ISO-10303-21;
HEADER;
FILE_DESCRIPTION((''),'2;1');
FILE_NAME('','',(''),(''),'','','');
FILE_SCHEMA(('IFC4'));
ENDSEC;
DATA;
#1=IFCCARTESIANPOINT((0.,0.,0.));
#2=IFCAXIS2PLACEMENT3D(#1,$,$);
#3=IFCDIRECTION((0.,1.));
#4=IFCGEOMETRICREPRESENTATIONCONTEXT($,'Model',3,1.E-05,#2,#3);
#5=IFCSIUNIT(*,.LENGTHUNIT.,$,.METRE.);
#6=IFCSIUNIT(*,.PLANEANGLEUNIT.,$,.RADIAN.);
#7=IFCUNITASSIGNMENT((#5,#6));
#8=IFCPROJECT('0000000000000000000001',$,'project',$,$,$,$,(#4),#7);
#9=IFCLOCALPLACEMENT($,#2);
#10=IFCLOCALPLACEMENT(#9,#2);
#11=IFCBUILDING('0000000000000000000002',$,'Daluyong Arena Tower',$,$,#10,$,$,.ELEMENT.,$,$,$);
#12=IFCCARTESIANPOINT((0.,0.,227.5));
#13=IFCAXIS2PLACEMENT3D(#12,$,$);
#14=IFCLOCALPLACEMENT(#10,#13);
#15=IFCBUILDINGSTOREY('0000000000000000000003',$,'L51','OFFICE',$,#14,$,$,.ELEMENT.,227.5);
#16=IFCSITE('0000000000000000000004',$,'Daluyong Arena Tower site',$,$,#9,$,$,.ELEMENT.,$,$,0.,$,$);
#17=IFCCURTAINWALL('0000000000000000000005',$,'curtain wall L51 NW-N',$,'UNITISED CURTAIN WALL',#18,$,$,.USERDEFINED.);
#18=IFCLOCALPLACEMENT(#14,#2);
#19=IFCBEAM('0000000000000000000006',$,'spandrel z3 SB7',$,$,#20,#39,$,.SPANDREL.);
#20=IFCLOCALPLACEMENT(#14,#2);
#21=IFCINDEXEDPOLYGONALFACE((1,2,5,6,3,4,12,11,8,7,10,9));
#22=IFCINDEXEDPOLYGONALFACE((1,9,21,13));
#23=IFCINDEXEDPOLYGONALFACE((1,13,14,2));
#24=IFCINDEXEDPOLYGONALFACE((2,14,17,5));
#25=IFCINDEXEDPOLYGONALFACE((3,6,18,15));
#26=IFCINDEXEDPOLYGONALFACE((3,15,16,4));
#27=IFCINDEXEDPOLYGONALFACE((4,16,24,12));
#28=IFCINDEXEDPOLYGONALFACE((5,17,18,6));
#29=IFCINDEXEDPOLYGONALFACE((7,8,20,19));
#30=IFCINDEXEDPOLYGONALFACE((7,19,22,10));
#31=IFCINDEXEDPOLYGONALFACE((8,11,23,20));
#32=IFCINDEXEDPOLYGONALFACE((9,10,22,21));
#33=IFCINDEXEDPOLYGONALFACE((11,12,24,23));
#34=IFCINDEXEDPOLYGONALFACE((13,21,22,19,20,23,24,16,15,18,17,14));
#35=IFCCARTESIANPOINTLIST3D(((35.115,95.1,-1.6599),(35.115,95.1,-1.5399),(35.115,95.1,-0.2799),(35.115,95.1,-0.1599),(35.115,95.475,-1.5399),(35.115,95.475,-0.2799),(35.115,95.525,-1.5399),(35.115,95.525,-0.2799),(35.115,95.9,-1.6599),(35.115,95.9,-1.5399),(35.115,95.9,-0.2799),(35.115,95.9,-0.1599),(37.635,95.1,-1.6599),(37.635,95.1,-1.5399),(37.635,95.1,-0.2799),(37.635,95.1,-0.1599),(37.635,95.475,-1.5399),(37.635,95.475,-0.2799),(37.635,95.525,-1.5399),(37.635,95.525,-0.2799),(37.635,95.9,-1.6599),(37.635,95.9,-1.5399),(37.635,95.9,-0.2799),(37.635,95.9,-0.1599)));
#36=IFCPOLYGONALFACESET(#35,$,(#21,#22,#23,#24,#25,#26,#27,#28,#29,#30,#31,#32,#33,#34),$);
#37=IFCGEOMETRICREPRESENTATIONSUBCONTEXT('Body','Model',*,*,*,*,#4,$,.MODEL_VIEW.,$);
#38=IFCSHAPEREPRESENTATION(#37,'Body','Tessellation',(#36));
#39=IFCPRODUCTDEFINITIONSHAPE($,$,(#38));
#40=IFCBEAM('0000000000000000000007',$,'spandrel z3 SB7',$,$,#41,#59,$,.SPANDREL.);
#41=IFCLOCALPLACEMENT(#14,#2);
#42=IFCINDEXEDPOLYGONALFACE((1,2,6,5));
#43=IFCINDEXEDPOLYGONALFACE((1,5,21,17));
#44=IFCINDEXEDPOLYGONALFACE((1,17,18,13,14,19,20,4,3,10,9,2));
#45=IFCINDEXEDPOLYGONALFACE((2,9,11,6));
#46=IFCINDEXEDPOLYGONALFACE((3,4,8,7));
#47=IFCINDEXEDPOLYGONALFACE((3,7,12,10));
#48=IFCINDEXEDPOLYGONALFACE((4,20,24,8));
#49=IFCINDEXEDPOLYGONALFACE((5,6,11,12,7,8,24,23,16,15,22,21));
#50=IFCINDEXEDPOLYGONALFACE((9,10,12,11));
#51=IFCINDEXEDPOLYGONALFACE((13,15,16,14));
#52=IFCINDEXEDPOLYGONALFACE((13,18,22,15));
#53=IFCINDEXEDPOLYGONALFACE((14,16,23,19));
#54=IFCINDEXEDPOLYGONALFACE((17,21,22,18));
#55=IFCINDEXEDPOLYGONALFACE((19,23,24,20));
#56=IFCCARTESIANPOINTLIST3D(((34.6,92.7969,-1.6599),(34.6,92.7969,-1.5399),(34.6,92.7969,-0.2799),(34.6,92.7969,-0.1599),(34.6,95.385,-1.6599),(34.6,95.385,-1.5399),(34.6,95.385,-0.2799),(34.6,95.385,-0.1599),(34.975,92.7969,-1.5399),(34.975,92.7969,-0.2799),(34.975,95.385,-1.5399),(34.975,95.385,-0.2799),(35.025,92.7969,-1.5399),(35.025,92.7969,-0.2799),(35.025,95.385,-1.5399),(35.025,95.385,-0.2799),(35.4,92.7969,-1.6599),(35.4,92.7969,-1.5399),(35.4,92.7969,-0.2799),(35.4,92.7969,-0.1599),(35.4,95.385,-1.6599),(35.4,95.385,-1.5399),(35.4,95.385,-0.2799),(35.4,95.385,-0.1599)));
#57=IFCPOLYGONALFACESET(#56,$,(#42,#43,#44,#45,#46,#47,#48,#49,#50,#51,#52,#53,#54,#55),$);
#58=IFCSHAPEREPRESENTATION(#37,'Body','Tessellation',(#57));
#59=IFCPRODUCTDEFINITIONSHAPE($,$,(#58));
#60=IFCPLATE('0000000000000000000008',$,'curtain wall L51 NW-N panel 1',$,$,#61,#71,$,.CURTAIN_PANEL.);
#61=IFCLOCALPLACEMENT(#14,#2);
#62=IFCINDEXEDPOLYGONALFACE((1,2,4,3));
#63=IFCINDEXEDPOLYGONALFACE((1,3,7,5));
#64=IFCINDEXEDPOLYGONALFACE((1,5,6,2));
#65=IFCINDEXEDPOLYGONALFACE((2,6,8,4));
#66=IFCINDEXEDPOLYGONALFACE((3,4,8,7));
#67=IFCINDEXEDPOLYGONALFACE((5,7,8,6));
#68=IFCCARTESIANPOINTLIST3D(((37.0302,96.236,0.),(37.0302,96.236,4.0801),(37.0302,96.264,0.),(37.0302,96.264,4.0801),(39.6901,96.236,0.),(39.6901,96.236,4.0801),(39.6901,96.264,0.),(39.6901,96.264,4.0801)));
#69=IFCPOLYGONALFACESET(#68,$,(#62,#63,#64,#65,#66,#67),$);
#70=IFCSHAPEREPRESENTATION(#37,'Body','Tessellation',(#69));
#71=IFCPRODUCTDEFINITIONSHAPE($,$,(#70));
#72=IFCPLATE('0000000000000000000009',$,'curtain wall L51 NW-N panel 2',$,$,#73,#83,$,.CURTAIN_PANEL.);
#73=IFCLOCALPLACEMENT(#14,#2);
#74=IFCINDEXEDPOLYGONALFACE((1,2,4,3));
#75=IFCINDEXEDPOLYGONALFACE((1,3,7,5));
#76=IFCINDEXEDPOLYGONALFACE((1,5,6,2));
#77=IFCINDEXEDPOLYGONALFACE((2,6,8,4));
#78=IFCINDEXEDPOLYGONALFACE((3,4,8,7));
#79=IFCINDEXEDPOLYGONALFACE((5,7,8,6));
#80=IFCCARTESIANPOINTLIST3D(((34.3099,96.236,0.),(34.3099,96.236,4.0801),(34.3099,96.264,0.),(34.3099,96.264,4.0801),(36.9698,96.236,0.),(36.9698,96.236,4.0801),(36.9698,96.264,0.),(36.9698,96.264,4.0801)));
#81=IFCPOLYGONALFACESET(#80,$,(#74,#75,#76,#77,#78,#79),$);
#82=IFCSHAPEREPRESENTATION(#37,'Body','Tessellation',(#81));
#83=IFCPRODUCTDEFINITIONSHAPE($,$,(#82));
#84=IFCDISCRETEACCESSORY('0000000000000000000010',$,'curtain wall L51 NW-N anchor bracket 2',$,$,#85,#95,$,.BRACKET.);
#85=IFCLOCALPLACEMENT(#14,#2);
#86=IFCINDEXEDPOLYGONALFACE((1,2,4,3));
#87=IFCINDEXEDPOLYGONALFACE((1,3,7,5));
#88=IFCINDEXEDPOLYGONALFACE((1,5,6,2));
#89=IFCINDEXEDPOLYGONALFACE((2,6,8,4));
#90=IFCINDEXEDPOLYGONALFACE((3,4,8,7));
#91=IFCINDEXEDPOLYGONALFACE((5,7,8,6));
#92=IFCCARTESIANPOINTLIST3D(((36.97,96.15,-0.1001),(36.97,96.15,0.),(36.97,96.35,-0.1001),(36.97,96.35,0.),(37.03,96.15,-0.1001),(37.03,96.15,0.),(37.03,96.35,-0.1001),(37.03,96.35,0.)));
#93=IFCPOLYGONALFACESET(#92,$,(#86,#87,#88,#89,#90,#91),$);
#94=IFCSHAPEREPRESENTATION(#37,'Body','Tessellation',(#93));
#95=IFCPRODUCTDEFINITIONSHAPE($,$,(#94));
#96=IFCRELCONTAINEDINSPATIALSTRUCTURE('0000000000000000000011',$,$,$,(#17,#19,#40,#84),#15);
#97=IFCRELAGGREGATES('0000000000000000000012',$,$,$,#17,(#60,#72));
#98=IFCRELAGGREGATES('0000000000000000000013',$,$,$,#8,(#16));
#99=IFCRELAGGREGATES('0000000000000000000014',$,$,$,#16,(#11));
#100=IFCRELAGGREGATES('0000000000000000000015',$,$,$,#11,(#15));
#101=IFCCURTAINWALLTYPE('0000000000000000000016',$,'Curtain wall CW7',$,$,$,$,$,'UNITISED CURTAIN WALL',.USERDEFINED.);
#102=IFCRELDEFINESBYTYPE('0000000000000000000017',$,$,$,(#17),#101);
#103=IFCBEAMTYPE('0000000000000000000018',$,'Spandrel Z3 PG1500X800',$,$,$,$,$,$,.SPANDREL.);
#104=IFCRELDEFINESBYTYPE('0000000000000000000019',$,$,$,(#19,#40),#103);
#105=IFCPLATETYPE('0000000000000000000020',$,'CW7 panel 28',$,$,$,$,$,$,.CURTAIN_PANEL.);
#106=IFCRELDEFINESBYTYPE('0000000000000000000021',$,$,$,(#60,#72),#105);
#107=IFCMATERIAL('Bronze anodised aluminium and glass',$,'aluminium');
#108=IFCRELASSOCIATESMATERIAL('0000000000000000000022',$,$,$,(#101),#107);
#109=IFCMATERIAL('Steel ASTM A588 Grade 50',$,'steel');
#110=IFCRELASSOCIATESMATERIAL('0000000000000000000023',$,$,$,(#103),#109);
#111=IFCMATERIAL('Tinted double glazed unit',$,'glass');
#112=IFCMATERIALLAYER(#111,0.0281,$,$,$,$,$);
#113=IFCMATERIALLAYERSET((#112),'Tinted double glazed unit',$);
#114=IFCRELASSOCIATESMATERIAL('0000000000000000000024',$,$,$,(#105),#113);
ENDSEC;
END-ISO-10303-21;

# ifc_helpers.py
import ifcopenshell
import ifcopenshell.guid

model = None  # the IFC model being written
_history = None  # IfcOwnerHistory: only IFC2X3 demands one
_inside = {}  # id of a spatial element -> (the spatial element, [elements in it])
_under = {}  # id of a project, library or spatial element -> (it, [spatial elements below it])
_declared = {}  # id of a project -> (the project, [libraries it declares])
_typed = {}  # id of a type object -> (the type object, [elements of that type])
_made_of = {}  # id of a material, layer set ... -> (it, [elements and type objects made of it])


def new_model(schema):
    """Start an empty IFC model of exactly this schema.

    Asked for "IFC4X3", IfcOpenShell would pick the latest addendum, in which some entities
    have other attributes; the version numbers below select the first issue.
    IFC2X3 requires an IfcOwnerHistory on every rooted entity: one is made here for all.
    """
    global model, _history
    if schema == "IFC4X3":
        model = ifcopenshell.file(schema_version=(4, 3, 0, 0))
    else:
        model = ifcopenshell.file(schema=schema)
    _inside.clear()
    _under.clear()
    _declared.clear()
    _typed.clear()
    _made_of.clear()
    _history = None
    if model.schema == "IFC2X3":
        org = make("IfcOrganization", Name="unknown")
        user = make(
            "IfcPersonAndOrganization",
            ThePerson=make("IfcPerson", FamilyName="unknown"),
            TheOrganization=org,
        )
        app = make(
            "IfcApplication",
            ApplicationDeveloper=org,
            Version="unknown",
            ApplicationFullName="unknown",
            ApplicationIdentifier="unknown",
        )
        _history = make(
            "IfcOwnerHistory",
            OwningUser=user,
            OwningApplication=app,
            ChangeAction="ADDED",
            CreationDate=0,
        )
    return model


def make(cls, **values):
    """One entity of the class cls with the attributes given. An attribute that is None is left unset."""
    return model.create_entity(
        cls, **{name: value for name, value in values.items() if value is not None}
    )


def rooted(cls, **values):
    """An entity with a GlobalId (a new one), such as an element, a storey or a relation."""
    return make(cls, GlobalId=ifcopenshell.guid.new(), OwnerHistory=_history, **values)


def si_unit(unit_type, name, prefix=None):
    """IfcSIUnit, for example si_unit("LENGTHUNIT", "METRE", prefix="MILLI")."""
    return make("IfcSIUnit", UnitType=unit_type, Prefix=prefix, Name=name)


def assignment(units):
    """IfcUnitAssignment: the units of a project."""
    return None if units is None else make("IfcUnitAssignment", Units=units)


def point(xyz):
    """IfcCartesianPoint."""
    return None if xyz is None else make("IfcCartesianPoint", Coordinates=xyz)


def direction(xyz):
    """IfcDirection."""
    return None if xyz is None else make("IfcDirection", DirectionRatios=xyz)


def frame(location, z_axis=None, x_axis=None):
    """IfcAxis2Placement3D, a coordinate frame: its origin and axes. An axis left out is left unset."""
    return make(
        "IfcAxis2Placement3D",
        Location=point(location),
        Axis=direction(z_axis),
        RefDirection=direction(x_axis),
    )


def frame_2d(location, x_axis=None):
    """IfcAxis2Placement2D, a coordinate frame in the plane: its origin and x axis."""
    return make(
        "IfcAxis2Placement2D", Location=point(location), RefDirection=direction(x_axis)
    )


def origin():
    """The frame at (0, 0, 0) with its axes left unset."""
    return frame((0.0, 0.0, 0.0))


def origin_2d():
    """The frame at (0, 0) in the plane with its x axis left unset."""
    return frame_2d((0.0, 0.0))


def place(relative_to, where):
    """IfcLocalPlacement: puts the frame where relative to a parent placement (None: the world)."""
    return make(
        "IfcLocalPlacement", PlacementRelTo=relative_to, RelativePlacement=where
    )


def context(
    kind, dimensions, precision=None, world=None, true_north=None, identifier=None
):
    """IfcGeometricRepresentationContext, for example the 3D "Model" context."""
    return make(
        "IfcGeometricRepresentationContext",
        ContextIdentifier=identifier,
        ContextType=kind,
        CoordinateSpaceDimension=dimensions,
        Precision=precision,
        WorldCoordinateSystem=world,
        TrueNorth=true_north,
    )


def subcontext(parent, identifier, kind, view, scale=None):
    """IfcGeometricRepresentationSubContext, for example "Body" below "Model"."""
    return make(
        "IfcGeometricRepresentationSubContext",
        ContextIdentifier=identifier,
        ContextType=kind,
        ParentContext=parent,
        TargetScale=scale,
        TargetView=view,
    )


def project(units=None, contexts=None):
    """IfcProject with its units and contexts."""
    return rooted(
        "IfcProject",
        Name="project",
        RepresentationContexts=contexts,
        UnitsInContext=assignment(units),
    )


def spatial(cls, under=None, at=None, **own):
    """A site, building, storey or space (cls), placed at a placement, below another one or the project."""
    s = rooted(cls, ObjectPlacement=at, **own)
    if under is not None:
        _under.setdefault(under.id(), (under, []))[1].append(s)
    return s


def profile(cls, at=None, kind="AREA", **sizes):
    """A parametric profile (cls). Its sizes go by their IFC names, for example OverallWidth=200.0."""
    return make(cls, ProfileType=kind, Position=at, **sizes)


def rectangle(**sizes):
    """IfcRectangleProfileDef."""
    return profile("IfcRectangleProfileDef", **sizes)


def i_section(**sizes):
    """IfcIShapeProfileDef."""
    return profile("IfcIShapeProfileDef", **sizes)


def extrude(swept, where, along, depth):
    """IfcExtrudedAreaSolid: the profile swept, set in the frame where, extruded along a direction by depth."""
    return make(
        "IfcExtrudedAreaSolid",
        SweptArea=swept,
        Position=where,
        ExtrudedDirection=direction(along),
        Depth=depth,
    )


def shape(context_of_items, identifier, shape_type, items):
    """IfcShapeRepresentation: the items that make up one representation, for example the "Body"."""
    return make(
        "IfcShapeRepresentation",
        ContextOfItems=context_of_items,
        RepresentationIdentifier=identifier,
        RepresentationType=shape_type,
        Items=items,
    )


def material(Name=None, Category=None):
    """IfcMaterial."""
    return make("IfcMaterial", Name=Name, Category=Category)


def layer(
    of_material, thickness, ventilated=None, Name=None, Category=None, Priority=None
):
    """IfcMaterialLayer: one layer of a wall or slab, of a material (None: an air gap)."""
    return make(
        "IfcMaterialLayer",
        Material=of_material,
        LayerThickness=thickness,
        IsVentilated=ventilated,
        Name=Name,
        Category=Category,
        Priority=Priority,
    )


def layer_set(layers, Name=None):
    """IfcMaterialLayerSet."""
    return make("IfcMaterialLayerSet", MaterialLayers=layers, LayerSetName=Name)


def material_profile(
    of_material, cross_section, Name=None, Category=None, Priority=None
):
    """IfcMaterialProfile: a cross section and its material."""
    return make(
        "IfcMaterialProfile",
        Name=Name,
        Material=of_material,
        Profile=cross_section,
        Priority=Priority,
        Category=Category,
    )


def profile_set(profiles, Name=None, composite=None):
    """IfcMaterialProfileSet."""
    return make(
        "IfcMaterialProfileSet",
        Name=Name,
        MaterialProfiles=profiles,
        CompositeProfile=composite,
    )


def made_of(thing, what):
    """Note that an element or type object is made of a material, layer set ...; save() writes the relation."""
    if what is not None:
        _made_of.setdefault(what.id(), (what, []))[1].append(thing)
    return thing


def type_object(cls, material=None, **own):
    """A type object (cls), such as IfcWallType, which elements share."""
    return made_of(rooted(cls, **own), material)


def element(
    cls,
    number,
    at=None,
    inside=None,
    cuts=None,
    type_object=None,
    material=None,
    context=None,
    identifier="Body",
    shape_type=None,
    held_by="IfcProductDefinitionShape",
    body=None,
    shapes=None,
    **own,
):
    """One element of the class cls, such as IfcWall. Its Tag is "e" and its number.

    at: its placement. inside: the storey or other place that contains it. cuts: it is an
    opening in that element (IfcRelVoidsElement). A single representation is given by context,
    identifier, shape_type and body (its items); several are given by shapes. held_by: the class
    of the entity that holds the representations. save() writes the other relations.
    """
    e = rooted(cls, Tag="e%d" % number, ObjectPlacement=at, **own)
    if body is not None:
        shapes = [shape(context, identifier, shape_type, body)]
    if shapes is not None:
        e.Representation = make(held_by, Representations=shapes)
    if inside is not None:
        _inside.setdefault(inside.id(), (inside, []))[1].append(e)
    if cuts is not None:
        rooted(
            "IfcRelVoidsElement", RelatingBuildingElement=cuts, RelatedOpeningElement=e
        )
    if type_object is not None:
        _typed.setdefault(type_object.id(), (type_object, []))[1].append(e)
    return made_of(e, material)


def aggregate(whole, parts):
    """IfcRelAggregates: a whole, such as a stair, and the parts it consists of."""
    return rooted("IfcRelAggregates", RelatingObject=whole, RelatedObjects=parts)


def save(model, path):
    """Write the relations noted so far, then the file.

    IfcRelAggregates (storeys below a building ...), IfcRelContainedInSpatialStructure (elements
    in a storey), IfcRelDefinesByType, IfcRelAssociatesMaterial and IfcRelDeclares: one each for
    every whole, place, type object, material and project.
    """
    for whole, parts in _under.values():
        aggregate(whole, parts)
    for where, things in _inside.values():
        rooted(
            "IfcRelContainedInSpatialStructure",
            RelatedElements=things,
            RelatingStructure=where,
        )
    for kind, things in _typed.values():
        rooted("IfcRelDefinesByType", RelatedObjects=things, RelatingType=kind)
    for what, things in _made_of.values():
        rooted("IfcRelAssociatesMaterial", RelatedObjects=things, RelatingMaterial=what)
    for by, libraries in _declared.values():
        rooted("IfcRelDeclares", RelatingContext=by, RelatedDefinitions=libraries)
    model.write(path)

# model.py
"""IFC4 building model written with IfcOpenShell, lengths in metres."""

from ifc_helpers import new_model, si_unit, direction, frame, origin, origin_2d, place, context, subcontext, project, spatial, rectangle, i_section, extrude, material, layer, layer_set, material_profile, profile_set, type_object, element, aggregate, save


model = new_model("IFC4")

# Units and contexts
model_context = context("Model", 3, precision=1e-05, world=origin(), true_north=direction((0.0, 1.0)))
body_context = subcontext(model_context, "Body", "Model", "MODEL_VIEW")
ifc_project = project(units=[si_unit("LENGTHUNIT", "METRE"), si_unit("PLANEANGLEUNIT", "RADIAN")], contexts=[model_context])

# Site, building, storey
site_placement = place(None, origin())
site = spatial("IfcSite", under=ifc_project, at=site_placement, Name="Daluyong Arena Tower site", CompositionType="ELEMENT", RefElevation=0.0)
building_placement = place(site_placement, origin())
building = spatial("IfcBuilding", under=site, at=building_placement, Name="Daluyong Arena Tower", CompositionType="ELEMENT")
storey_placement = place(building_placement, frame((0.0, 0.0, 227.5)))
storey = spatial("IfcBuildingStorey", under=building, at=storey_placement, Name="L51", Description="OFFICE", CompositionType="ELEMENT", Elevation=227.5)

# Curtain wall
ifc_material_1 = material(Name="Bronze anodised aluminium and glass", Category="aluminium")
curtain_wall_type_1 = type_object("IfcCurtainWallType", Name="Curtain wall CW7", ElementType="UNITISED CURTAIN WALL", PredefinedType="USERDEFINED", material=ifc_material_1)
curtain_wall_1_placement = place(storey_placement, origin())
curtain_wall_1 = element("IfcCurtainWall", 1, at=curtain_wall_1_placement, inside=storey, type_object=curtain_wall_type_1, Name="curtain wall L51 NW-N", ObjectType="UNITISED CURTAIN WALL", PredefinedType="USERDEFINED")

# Beams
ifc_material_2 = material(Name="Steel ASTM A588 Grade 50", Category="steel")
ifc_material_profile_1 = material_profile(ifc_material_2, i_section(OverallWidth=0.8, OverallDepth=1.5, WebThickness=0.05, FlangeThickness=0.12, at=origin_2d()))
ifc_profile_set_1 = profile_set([ifc_material_profile_1], Name="Steel ASTM A588 Grade 50")
beam_type = type_object("IfcBeamType", Name="Spandrel Z3 PG1500X800", PredefinedType="SPANDREL", material=ifc_profile_set_1)
beam_1_placement = place(storey_placement, frame((37.635, 95.5, -0.9099), z_axis=(-1.0, 0.0, 0.0), x_axis=(0.0, -1.0, 0.0)))
element("IfcBeam", 2, at=beam_1_placement, inside=storey, type_object=beam_type, Name="spandrel z3 SB7", PredefinedType="SPANDREL", context=body_context, shape_type="SweptSolid", body=[
    extrude(i_section(OverallWidth=0.8, OverallDepth=1.5, WebThickness=0.05, FlangeThickness=0.12, at=origin_2d()), origin(), (0.0, 0.0, 1.0), 2.52),
])
beam_2_placement = place(storey_placement, frame((35.0, 95.385, -0.9099), z_axis=(0.0, -1.0, 0.0), x_axis=(1.0, 0.0, 0.0)))
element("IfcBeam", 3, at=beam_2_placement, inside=storey, type_object=beam_type, Name="spandrel z3 SB7", PredefinedType="SPANDREL", context=body_context, shape_type="SweptSolid", body=[
    extrude(i_section(OverallWidth=0.8, OverallDepth=1.5, WebThickness=0.05, FlangeThickness=0.12, at=origin_2d()), origin(), (0.0, 0.0, 1.0), 2.5881),
])

# Plates
ifc_material_3 = material(Name="Tinted double glazed unit", Category="glass")
ifc_layer = layer(ifc_material_3, 0.0281)
ifc_layer_set = layer_set([ifc_layer], Name="Tinted double glazed unit")
plate_type = type_object("IfcPlateType", Name="CW7 panel 28", PredefinedType="CURTAIN_PANEL", material=ifc_layer_set)
plate_1_placement = place(storey_placement, frame((38.3601, 96.25, 0.0), z_axis=(0.0, 0.0, 1.0), x_axis=(-1.0, 0.0, 0.0)))
plate_1 = element("IfcPlate", 4, at=plate_1_placement, type_object=plate_type, Name="curtain wall L51 NW-N panel 1", PredefinedType="CURTAIN_PANEL", context=body_context, shape_type="SweptSolid", body=[
    extrude(rectangle(XDim=2.6599, YDim=0.0281, at=origin_2d()), origin(), (0.0, 0.0, 1.0), 4.0801),
])
plate_2_placement = place(storey_placement, frame((35.6399, 96.25, 0.0), z_axis=(0.0, 0.0, 1.0), x_axis=(-1.0, 0.0, 0.0)))
plate_2 = element("IfcPlate", 5, at=plate_2_placement, type_object=plate_type, Name="curtain wall L51 NW-N panel 2", PredefinedType="CURTAIN_PANEL", context=body_context, shape_type="SweptSolid", body=[
    extrude(rectangle(XDim=2.6599, YDim=0.0281, at=origin_2d()), origin(), (0.0, 0.0, 1.0), 4.0801),
])
aggregate(curtain_wall_1, [plate_1, plate_2])

# Discrete accessory
discrete_accessory_placement = place(storey_placement, frame((37.0, 96.25, -0.1001), z_axis=(0.0, 0.0, 1.0), x_axis=(-1.0, 0.0, 0.0)))
element("IfcDiscreteAccessory", 6, at=discrete_accessory_placement, inside=storey, Name="curtain wall L51 NW-N anchor bracket 2", PredefinedType="BRACKET", context=body_context, shape_type="SweptSolid", body=[
    extrude(rectangle(XDim=0.0601, YDim=0.2, at=origin_2d()), origin(), (0.0, 0.0, 1.0), 0.1001),
])

save(model, "model.ifc")
